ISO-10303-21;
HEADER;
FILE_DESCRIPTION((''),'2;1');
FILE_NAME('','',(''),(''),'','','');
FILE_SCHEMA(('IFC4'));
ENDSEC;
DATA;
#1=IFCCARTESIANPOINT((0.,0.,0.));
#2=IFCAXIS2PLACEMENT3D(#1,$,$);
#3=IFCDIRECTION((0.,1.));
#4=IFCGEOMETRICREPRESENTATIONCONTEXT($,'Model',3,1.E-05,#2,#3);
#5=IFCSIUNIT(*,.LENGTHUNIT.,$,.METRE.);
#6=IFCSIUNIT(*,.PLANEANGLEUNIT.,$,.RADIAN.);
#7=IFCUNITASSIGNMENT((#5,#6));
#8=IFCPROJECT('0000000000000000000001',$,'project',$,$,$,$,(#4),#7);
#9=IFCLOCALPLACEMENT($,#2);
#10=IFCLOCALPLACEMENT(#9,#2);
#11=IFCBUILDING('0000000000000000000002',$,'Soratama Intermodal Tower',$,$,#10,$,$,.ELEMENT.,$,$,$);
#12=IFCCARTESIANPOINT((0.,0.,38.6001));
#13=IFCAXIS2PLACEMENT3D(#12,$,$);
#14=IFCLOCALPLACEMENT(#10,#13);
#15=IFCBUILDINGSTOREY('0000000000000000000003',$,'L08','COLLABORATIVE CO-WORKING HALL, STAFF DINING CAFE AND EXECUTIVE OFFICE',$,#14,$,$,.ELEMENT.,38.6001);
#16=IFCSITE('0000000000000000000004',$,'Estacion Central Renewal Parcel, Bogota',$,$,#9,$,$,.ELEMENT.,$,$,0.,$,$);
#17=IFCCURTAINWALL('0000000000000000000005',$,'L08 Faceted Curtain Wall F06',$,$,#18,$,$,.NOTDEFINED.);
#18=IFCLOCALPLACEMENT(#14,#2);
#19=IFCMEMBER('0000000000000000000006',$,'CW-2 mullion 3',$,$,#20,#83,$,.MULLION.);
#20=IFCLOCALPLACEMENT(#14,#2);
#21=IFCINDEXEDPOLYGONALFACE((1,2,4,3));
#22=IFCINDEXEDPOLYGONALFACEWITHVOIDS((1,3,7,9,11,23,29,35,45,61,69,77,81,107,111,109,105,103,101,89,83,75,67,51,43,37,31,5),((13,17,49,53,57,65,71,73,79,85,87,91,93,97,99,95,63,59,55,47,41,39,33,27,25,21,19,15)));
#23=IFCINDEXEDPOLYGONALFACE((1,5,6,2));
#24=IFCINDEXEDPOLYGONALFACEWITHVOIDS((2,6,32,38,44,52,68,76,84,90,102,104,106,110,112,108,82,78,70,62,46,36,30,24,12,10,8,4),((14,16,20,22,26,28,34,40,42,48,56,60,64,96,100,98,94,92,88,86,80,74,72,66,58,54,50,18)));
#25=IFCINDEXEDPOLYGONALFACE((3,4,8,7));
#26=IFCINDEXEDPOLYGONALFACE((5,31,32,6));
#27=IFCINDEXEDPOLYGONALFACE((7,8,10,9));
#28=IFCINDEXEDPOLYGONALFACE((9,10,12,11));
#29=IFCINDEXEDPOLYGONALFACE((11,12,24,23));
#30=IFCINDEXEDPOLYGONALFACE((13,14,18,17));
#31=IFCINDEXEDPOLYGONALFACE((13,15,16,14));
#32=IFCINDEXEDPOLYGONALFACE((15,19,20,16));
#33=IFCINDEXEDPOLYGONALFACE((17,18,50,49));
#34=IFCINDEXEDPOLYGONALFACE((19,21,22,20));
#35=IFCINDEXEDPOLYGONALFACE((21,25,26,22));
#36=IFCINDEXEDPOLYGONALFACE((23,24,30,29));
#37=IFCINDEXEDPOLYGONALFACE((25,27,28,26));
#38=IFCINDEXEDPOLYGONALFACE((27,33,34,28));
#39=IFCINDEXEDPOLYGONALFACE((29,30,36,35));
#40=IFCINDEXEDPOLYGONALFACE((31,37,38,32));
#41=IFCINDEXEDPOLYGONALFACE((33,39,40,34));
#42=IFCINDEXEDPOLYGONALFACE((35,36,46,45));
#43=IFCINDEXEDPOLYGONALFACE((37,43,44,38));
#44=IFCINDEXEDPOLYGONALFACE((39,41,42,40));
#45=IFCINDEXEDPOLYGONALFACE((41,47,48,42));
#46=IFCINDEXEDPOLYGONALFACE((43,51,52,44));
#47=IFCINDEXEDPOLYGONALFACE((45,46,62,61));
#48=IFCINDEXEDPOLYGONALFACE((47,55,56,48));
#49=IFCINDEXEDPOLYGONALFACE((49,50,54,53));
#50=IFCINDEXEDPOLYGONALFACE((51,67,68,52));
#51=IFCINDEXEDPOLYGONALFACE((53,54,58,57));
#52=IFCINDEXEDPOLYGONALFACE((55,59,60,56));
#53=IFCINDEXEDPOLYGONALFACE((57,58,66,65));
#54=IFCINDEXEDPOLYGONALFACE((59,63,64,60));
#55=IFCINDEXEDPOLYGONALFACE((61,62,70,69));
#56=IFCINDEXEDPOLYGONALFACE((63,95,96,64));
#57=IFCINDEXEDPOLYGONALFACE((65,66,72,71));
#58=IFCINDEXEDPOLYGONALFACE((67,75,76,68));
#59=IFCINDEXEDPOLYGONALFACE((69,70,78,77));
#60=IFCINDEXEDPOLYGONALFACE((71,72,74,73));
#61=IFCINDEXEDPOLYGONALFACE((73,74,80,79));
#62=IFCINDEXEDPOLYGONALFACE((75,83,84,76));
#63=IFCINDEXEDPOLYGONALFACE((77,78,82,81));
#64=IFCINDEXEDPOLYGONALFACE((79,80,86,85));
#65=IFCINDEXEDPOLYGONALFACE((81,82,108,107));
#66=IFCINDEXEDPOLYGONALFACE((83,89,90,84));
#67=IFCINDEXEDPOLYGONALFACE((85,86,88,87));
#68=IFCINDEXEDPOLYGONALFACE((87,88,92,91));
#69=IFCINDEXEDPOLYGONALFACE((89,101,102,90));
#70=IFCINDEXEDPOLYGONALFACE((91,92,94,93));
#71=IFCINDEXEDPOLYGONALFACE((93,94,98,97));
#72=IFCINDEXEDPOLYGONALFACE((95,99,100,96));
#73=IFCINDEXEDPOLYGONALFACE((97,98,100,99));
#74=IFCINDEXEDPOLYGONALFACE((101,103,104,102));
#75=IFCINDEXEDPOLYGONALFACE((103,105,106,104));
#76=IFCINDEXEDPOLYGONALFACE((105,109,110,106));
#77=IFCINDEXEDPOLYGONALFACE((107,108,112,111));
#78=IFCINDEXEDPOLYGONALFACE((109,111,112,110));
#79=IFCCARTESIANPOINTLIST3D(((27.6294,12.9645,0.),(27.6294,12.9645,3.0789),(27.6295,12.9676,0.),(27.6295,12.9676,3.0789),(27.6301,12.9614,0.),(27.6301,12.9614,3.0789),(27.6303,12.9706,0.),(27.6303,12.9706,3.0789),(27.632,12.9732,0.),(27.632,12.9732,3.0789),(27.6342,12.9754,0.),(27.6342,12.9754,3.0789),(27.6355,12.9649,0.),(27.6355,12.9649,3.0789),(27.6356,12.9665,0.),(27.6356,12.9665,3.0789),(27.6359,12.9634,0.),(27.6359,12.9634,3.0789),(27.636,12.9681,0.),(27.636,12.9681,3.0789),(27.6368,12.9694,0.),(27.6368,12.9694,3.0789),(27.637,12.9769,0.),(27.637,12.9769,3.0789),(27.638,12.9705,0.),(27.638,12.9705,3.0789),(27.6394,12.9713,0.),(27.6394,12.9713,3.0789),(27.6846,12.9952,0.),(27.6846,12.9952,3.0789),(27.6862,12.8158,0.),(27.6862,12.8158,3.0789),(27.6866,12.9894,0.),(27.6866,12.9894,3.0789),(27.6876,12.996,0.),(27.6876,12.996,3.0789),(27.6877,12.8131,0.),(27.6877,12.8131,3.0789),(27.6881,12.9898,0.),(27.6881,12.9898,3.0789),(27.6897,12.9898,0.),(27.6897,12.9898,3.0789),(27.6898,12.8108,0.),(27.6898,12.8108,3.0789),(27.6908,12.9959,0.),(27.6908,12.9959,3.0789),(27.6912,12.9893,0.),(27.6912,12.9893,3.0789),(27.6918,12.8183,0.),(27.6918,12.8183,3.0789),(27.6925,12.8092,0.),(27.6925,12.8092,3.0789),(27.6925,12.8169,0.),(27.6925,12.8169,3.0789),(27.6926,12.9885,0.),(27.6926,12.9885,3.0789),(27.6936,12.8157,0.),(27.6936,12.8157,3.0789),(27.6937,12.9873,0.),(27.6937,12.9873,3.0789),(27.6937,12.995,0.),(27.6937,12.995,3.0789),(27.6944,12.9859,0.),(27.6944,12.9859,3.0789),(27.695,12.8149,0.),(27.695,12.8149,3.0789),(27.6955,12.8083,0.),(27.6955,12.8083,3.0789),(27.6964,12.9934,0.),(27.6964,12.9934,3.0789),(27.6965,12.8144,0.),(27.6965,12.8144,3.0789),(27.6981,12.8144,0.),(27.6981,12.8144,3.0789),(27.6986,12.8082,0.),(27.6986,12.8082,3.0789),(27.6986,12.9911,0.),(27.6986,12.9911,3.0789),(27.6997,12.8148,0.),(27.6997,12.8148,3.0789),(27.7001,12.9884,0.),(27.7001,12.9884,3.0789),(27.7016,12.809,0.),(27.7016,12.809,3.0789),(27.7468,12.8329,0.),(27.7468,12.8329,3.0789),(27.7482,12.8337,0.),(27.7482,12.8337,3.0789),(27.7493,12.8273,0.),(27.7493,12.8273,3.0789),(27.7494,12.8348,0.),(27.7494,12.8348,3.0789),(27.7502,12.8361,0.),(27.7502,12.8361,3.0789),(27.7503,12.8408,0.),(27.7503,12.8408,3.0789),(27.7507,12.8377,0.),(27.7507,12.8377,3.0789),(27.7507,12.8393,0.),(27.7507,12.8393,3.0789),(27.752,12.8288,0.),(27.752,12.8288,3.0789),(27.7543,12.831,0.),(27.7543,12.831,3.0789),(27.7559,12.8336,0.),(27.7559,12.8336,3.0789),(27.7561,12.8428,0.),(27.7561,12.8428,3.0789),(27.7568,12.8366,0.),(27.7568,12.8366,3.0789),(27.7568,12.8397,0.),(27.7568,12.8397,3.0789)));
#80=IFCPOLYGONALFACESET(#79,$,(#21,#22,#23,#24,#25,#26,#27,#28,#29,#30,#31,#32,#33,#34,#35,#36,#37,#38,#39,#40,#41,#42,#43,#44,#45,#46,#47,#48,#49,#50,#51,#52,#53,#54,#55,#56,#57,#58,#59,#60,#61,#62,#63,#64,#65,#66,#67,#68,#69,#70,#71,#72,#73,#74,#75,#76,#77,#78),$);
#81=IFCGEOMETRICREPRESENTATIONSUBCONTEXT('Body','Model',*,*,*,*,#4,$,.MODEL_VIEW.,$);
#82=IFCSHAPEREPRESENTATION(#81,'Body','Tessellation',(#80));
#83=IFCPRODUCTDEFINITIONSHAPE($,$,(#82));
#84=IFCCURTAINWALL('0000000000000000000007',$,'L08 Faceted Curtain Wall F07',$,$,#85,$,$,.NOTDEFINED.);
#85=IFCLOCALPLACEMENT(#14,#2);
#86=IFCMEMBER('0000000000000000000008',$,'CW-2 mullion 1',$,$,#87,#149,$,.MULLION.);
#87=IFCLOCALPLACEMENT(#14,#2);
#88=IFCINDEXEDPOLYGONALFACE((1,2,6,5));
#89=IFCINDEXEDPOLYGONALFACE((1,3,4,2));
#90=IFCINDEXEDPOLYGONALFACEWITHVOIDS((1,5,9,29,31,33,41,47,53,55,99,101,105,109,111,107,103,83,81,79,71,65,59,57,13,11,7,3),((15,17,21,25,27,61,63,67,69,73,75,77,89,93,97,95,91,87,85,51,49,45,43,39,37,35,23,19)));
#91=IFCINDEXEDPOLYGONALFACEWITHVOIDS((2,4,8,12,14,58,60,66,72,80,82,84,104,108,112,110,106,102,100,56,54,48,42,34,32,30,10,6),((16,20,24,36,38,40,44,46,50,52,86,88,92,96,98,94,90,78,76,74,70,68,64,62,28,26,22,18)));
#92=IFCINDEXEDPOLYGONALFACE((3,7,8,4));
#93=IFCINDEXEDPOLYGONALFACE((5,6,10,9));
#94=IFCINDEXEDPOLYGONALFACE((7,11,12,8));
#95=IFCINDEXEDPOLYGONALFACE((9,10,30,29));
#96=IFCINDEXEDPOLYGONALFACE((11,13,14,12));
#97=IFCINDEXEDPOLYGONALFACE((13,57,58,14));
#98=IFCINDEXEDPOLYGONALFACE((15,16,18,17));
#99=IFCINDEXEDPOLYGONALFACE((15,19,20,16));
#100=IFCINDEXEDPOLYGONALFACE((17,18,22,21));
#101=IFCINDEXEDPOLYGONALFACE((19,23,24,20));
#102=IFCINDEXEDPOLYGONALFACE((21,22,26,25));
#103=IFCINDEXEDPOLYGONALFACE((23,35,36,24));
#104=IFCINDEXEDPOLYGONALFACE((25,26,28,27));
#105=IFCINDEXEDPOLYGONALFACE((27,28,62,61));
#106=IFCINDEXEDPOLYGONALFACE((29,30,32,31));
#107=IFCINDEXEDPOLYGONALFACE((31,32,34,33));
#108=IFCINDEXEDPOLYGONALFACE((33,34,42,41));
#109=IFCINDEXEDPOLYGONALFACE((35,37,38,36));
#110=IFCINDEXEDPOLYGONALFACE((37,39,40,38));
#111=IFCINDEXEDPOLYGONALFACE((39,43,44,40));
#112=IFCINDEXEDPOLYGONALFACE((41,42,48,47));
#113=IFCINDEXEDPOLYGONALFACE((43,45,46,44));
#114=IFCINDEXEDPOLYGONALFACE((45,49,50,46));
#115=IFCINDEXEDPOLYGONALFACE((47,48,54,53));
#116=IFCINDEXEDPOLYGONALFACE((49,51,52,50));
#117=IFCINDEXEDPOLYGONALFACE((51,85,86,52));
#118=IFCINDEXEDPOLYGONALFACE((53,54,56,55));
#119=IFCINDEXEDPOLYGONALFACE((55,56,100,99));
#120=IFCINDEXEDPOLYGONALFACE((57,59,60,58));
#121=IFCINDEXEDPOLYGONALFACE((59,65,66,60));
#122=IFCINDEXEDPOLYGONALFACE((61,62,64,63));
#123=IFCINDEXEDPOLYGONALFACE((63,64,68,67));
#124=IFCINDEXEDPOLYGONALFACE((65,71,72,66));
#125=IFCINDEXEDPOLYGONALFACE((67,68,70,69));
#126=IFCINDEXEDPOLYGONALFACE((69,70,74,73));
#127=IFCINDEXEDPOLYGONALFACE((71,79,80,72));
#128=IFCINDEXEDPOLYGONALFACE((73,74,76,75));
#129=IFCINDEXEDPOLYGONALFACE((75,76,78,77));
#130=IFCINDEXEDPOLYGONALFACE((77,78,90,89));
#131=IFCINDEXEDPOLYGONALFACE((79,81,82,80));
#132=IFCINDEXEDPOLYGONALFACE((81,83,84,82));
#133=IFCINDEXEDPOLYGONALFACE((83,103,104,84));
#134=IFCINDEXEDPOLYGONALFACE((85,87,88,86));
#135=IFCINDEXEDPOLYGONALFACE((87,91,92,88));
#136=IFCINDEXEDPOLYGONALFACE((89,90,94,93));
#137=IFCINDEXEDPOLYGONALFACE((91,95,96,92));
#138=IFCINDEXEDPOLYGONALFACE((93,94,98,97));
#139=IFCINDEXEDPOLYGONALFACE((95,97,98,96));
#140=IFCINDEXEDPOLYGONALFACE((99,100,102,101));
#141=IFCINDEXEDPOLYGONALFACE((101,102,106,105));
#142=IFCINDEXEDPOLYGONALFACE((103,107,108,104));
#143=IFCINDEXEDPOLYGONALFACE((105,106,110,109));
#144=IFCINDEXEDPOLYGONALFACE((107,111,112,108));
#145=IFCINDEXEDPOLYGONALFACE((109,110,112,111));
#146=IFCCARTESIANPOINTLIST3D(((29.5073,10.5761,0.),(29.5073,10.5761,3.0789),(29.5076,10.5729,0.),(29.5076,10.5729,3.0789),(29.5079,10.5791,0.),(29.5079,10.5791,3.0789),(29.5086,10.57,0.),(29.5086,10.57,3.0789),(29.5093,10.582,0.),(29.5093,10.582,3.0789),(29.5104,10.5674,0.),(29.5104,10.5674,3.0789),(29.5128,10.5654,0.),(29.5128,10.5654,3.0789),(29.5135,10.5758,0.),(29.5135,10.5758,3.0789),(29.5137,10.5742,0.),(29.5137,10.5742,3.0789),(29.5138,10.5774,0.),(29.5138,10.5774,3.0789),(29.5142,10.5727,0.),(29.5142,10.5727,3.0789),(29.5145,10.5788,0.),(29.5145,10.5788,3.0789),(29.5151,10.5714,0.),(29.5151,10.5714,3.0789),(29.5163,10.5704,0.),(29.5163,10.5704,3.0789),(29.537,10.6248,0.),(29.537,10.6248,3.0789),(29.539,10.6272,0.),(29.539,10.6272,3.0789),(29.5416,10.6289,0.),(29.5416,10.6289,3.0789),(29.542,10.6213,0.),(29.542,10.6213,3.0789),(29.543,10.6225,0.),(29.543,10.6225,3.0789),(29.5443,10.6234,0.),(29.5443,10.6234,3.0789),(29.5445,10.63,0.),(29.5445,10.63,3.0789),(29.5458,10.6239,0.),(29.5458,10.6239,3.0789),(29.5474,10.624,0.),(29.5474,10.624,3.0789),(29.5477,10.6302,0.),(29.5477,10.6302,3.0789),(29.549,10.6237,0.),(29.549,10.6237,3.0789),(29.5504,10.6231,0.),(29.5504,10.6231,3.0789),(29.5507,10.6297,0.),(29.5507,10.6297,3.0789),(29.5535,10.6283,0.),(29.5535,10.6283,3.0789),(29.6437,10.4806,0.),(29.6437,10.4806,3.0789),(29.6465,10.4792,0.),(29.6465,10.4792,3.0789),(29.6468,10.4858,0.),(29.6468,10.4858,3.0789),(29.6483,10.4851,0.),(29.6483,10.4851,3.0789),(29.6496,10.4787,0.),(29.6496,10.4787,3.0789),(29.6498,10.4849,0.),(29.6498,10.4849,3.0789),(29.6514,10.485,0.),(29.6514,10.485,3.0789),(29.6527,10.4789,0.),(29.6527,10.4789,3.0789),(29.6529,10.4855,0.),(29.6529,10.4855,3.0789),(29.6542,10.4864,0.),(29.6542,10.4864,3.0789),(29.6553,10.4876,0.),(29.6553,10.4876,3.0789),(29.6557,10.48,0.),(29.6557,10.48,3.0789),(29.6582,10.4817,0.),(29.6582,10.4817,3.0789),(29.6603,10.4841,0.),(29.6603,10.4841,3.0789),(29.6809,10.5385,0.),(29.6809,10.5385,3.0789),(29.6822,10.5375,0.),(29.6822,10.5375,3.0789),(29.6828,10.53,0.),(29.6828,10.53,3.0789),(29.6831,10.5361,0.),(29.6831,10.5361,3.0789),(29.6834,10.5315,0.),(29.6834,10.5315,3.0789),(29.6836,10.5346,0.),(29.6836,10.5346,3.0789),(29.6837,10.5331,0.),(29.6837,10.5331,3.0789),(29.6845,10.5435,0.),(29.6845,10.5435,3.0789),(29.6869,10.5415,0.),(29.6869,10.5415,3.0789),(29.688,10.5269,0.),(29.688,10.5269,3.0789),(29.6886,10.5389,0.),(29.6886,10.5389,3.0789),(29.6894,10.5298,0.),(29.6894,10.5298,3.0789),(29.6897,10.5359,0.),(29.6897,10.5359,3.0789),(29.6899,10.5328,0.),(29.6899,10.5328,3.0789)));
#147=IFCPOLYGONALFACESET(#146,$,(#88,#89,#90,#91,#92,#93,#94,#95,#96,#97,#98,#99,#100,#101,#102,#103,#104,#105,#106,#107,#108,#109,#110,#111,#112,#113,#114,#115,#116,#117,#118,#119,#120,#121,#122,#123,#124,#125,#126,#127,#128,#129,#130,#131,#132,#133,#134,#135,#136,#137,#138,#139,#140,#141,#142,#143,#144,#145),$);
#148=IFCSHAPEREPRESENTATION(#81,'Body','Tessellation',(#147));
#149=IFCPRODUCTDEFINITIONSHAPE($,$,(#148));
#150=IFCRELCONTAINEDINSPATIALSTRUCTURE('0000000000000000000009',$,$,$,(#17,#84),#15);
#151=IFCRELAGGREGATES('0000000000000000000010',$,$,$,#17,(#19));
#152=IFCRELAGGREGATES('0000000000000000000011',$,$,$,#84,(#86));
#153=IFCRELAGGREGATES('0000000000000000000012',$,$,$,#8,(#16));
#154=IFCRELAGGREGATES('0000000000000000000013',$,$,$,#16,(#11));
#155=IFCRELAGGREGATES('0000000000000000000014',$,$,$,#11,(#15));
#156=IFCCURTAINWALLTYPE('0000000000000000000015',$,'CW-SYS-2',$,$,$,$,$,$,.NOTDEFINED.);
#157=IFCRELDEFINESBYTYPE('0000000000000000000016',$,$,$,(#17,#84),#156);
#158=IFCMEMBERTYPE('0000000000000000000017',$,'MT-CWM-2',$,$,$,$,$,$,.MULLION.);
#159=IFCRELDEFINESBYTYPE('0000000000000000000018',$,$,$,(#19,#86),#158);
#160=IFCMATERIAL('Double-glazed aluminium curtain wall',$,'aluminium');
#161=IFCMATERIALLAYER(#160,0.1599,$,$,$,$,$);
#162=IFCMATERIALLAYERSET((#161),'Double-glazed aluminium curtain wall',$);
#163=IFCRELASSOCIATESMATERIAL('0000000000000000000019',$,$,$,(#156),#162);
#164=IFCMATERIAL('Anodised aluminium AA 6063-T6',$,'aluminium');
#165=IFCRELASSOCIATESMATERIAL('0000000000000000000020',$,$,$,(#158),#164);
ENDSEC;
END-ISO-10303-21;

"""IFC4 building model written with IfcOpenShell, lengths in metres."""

from ifc_helpers import new_model, si_unit, direction, frame, origin, origin_2d, place, context, subcontext, project, spatial, hollow_rectangle, extrude, material, layer, layer_set, material_profile, profile_set, type_object, element, aggregate, save


model = new_model("IFC4")

# Units and contexts
model_context = context("Model", 3, precision=1e-05, world=origin(), true_north=direction((0.0, 1.0)))
body_context = subcontext(model_context, "Body", "Model", "MODEL_VIEW")
ifc_project = project(units=[si_unit("LENGTHUNIT", "METRE"), si_unit("PLANEANGLEUNIT", "RADIAN")], contexts=[model_context])

# Site, building, storey
site_placement = place(None, origin())
site = spatial("IfcSite", under=ifc_project, at=site_placement, Name="Estacion Central Renewal Parcel, Bogota", CompositionType="ELEMENT", RefElevation=0.0)
building_placement = place(site_placement, origin())
building = spatial("IfcBuilding", under=site, at=building_placement, Name="Soratama Intermodal Tower", CompositionType="ELEMENT")
storey_placement = place(building_placement, frame((0.0, 0.0, 38.6001)))
storey = spatial("IfcBuildingStorey", under=building, at=storey_placement, Name="L08", Description="COLLABORATIVE CO-WORKING HALL, STAFF DINING CAFE AND EXECUTIVE OFFICE", CompositionType="ELEMENT", Elevation=38.6001)

# Curtain walls, members
ifc_material_1 = material(Name="Double-glazed aluminium curtain wall", Category="aluminium")
ifc_layer_1 = layer(ifc_material_1, 0.1599)
ifc_layer_set_1 = layer_set([ifc_layer_1], Name="Double-glazed aluminium curtain wall")
curtain_wall_type = type_object("IfcCurtainWallType", Name="CW-SYS-2", PredefinedType="NOTDEFINED", material=ifc_layer_set_1)
curtain_wall_1_placement = place(storey_placement, origin())
curtain_wall_1 = element("IfcCurtainWall", 1, at=curtain_wall_1_placement, inside=storey, type_object=curtain_wall_type, Name="L08 Faceted Curtain Wall F06", PredefinedType="NOTDEFINED")
ifc_material_2 = material(Name="Anodised aluminium AA 6063-T6", Category="aluminium")
ifc_material_profile_1 = material_profile(ifc_material_2, hollow_rectangle(XDim=0.075, YDim=0.1799, WallThickness=0.0061, InnerFilletRadius=0.0061, OuterFilletRadius=0.012, at=origin_2d()), Name="CWM180X75X6")
ifc_profile_set_1 = profile_set([ifc_material_profile_1], Name="Anodised aluminium AA 6063-T6")
member_type_1 = type_object("IfcMemberType", Name="MT-CWM-2", PredefinedType="MULLION", material=ifc_profile_set_1)
member_1_placement = place(storey_placement, frame((27.6931, 12.9021, 0.0), z_axis=(0.0, 0.0, 1.0), x_axis=(0.933206, 0.359341, 0.0)))
member_1 = element("IfcMember", 2, at=member_1_placement, type_object=member_type_1, Name="CW-2 mullion 3", PredefinedType="MULLION", context=body_context, shape_type="SweptSolid", body=[
    extrude(hollow_rectangle(XDim=0.075, YDim=0.1799, WallThickness=0.0061, InnerFilletRadius=0.0061, OuterFilletRadius=0.012, at=origin_2d()), origin(), (0.0, 0.0, 1.0), 3.0789),
])
curtain_wall_2_placement = place(storey_placement, origin())
curtain_wall_2 = element("IfcCurtainWall", 3, at=curtain_wall_2_placement, inside=storey, type_object=curtain_wall_type, Name="L08 Faceted Curtain Wall F07", PredefinedType="NOTDEFINED")
member_2_placement = place(storey_placement, frame((29.5986, 10.5544, 0.0), z_axis=(0.0, 0.0, 1.0), x_axis=(0.543763, 0.839239, 0.0)))
member_2 = element("IfcMember", 4, at=member_2_placement, type_object=member_type_1, Name="CW-2 mullion 1", PredefinedType="MULLION", context=body_context, shape_type="SweptSolid", body=[
    extrude(hollow_rectangle(XDim=0.075, YDim=0.1799, WallThickness=0.0061, InnerFilletRadius=0.0061, OuterFilletRadius=0.012, at=origin_2d()), origin(), (0.0, 0.0, 1.0), 3.0789),
])

aggregate(curtain_wall_1, [member_1])
aggregate(curtain_wall_2, [member_2])

save(model, "model.ifc")
